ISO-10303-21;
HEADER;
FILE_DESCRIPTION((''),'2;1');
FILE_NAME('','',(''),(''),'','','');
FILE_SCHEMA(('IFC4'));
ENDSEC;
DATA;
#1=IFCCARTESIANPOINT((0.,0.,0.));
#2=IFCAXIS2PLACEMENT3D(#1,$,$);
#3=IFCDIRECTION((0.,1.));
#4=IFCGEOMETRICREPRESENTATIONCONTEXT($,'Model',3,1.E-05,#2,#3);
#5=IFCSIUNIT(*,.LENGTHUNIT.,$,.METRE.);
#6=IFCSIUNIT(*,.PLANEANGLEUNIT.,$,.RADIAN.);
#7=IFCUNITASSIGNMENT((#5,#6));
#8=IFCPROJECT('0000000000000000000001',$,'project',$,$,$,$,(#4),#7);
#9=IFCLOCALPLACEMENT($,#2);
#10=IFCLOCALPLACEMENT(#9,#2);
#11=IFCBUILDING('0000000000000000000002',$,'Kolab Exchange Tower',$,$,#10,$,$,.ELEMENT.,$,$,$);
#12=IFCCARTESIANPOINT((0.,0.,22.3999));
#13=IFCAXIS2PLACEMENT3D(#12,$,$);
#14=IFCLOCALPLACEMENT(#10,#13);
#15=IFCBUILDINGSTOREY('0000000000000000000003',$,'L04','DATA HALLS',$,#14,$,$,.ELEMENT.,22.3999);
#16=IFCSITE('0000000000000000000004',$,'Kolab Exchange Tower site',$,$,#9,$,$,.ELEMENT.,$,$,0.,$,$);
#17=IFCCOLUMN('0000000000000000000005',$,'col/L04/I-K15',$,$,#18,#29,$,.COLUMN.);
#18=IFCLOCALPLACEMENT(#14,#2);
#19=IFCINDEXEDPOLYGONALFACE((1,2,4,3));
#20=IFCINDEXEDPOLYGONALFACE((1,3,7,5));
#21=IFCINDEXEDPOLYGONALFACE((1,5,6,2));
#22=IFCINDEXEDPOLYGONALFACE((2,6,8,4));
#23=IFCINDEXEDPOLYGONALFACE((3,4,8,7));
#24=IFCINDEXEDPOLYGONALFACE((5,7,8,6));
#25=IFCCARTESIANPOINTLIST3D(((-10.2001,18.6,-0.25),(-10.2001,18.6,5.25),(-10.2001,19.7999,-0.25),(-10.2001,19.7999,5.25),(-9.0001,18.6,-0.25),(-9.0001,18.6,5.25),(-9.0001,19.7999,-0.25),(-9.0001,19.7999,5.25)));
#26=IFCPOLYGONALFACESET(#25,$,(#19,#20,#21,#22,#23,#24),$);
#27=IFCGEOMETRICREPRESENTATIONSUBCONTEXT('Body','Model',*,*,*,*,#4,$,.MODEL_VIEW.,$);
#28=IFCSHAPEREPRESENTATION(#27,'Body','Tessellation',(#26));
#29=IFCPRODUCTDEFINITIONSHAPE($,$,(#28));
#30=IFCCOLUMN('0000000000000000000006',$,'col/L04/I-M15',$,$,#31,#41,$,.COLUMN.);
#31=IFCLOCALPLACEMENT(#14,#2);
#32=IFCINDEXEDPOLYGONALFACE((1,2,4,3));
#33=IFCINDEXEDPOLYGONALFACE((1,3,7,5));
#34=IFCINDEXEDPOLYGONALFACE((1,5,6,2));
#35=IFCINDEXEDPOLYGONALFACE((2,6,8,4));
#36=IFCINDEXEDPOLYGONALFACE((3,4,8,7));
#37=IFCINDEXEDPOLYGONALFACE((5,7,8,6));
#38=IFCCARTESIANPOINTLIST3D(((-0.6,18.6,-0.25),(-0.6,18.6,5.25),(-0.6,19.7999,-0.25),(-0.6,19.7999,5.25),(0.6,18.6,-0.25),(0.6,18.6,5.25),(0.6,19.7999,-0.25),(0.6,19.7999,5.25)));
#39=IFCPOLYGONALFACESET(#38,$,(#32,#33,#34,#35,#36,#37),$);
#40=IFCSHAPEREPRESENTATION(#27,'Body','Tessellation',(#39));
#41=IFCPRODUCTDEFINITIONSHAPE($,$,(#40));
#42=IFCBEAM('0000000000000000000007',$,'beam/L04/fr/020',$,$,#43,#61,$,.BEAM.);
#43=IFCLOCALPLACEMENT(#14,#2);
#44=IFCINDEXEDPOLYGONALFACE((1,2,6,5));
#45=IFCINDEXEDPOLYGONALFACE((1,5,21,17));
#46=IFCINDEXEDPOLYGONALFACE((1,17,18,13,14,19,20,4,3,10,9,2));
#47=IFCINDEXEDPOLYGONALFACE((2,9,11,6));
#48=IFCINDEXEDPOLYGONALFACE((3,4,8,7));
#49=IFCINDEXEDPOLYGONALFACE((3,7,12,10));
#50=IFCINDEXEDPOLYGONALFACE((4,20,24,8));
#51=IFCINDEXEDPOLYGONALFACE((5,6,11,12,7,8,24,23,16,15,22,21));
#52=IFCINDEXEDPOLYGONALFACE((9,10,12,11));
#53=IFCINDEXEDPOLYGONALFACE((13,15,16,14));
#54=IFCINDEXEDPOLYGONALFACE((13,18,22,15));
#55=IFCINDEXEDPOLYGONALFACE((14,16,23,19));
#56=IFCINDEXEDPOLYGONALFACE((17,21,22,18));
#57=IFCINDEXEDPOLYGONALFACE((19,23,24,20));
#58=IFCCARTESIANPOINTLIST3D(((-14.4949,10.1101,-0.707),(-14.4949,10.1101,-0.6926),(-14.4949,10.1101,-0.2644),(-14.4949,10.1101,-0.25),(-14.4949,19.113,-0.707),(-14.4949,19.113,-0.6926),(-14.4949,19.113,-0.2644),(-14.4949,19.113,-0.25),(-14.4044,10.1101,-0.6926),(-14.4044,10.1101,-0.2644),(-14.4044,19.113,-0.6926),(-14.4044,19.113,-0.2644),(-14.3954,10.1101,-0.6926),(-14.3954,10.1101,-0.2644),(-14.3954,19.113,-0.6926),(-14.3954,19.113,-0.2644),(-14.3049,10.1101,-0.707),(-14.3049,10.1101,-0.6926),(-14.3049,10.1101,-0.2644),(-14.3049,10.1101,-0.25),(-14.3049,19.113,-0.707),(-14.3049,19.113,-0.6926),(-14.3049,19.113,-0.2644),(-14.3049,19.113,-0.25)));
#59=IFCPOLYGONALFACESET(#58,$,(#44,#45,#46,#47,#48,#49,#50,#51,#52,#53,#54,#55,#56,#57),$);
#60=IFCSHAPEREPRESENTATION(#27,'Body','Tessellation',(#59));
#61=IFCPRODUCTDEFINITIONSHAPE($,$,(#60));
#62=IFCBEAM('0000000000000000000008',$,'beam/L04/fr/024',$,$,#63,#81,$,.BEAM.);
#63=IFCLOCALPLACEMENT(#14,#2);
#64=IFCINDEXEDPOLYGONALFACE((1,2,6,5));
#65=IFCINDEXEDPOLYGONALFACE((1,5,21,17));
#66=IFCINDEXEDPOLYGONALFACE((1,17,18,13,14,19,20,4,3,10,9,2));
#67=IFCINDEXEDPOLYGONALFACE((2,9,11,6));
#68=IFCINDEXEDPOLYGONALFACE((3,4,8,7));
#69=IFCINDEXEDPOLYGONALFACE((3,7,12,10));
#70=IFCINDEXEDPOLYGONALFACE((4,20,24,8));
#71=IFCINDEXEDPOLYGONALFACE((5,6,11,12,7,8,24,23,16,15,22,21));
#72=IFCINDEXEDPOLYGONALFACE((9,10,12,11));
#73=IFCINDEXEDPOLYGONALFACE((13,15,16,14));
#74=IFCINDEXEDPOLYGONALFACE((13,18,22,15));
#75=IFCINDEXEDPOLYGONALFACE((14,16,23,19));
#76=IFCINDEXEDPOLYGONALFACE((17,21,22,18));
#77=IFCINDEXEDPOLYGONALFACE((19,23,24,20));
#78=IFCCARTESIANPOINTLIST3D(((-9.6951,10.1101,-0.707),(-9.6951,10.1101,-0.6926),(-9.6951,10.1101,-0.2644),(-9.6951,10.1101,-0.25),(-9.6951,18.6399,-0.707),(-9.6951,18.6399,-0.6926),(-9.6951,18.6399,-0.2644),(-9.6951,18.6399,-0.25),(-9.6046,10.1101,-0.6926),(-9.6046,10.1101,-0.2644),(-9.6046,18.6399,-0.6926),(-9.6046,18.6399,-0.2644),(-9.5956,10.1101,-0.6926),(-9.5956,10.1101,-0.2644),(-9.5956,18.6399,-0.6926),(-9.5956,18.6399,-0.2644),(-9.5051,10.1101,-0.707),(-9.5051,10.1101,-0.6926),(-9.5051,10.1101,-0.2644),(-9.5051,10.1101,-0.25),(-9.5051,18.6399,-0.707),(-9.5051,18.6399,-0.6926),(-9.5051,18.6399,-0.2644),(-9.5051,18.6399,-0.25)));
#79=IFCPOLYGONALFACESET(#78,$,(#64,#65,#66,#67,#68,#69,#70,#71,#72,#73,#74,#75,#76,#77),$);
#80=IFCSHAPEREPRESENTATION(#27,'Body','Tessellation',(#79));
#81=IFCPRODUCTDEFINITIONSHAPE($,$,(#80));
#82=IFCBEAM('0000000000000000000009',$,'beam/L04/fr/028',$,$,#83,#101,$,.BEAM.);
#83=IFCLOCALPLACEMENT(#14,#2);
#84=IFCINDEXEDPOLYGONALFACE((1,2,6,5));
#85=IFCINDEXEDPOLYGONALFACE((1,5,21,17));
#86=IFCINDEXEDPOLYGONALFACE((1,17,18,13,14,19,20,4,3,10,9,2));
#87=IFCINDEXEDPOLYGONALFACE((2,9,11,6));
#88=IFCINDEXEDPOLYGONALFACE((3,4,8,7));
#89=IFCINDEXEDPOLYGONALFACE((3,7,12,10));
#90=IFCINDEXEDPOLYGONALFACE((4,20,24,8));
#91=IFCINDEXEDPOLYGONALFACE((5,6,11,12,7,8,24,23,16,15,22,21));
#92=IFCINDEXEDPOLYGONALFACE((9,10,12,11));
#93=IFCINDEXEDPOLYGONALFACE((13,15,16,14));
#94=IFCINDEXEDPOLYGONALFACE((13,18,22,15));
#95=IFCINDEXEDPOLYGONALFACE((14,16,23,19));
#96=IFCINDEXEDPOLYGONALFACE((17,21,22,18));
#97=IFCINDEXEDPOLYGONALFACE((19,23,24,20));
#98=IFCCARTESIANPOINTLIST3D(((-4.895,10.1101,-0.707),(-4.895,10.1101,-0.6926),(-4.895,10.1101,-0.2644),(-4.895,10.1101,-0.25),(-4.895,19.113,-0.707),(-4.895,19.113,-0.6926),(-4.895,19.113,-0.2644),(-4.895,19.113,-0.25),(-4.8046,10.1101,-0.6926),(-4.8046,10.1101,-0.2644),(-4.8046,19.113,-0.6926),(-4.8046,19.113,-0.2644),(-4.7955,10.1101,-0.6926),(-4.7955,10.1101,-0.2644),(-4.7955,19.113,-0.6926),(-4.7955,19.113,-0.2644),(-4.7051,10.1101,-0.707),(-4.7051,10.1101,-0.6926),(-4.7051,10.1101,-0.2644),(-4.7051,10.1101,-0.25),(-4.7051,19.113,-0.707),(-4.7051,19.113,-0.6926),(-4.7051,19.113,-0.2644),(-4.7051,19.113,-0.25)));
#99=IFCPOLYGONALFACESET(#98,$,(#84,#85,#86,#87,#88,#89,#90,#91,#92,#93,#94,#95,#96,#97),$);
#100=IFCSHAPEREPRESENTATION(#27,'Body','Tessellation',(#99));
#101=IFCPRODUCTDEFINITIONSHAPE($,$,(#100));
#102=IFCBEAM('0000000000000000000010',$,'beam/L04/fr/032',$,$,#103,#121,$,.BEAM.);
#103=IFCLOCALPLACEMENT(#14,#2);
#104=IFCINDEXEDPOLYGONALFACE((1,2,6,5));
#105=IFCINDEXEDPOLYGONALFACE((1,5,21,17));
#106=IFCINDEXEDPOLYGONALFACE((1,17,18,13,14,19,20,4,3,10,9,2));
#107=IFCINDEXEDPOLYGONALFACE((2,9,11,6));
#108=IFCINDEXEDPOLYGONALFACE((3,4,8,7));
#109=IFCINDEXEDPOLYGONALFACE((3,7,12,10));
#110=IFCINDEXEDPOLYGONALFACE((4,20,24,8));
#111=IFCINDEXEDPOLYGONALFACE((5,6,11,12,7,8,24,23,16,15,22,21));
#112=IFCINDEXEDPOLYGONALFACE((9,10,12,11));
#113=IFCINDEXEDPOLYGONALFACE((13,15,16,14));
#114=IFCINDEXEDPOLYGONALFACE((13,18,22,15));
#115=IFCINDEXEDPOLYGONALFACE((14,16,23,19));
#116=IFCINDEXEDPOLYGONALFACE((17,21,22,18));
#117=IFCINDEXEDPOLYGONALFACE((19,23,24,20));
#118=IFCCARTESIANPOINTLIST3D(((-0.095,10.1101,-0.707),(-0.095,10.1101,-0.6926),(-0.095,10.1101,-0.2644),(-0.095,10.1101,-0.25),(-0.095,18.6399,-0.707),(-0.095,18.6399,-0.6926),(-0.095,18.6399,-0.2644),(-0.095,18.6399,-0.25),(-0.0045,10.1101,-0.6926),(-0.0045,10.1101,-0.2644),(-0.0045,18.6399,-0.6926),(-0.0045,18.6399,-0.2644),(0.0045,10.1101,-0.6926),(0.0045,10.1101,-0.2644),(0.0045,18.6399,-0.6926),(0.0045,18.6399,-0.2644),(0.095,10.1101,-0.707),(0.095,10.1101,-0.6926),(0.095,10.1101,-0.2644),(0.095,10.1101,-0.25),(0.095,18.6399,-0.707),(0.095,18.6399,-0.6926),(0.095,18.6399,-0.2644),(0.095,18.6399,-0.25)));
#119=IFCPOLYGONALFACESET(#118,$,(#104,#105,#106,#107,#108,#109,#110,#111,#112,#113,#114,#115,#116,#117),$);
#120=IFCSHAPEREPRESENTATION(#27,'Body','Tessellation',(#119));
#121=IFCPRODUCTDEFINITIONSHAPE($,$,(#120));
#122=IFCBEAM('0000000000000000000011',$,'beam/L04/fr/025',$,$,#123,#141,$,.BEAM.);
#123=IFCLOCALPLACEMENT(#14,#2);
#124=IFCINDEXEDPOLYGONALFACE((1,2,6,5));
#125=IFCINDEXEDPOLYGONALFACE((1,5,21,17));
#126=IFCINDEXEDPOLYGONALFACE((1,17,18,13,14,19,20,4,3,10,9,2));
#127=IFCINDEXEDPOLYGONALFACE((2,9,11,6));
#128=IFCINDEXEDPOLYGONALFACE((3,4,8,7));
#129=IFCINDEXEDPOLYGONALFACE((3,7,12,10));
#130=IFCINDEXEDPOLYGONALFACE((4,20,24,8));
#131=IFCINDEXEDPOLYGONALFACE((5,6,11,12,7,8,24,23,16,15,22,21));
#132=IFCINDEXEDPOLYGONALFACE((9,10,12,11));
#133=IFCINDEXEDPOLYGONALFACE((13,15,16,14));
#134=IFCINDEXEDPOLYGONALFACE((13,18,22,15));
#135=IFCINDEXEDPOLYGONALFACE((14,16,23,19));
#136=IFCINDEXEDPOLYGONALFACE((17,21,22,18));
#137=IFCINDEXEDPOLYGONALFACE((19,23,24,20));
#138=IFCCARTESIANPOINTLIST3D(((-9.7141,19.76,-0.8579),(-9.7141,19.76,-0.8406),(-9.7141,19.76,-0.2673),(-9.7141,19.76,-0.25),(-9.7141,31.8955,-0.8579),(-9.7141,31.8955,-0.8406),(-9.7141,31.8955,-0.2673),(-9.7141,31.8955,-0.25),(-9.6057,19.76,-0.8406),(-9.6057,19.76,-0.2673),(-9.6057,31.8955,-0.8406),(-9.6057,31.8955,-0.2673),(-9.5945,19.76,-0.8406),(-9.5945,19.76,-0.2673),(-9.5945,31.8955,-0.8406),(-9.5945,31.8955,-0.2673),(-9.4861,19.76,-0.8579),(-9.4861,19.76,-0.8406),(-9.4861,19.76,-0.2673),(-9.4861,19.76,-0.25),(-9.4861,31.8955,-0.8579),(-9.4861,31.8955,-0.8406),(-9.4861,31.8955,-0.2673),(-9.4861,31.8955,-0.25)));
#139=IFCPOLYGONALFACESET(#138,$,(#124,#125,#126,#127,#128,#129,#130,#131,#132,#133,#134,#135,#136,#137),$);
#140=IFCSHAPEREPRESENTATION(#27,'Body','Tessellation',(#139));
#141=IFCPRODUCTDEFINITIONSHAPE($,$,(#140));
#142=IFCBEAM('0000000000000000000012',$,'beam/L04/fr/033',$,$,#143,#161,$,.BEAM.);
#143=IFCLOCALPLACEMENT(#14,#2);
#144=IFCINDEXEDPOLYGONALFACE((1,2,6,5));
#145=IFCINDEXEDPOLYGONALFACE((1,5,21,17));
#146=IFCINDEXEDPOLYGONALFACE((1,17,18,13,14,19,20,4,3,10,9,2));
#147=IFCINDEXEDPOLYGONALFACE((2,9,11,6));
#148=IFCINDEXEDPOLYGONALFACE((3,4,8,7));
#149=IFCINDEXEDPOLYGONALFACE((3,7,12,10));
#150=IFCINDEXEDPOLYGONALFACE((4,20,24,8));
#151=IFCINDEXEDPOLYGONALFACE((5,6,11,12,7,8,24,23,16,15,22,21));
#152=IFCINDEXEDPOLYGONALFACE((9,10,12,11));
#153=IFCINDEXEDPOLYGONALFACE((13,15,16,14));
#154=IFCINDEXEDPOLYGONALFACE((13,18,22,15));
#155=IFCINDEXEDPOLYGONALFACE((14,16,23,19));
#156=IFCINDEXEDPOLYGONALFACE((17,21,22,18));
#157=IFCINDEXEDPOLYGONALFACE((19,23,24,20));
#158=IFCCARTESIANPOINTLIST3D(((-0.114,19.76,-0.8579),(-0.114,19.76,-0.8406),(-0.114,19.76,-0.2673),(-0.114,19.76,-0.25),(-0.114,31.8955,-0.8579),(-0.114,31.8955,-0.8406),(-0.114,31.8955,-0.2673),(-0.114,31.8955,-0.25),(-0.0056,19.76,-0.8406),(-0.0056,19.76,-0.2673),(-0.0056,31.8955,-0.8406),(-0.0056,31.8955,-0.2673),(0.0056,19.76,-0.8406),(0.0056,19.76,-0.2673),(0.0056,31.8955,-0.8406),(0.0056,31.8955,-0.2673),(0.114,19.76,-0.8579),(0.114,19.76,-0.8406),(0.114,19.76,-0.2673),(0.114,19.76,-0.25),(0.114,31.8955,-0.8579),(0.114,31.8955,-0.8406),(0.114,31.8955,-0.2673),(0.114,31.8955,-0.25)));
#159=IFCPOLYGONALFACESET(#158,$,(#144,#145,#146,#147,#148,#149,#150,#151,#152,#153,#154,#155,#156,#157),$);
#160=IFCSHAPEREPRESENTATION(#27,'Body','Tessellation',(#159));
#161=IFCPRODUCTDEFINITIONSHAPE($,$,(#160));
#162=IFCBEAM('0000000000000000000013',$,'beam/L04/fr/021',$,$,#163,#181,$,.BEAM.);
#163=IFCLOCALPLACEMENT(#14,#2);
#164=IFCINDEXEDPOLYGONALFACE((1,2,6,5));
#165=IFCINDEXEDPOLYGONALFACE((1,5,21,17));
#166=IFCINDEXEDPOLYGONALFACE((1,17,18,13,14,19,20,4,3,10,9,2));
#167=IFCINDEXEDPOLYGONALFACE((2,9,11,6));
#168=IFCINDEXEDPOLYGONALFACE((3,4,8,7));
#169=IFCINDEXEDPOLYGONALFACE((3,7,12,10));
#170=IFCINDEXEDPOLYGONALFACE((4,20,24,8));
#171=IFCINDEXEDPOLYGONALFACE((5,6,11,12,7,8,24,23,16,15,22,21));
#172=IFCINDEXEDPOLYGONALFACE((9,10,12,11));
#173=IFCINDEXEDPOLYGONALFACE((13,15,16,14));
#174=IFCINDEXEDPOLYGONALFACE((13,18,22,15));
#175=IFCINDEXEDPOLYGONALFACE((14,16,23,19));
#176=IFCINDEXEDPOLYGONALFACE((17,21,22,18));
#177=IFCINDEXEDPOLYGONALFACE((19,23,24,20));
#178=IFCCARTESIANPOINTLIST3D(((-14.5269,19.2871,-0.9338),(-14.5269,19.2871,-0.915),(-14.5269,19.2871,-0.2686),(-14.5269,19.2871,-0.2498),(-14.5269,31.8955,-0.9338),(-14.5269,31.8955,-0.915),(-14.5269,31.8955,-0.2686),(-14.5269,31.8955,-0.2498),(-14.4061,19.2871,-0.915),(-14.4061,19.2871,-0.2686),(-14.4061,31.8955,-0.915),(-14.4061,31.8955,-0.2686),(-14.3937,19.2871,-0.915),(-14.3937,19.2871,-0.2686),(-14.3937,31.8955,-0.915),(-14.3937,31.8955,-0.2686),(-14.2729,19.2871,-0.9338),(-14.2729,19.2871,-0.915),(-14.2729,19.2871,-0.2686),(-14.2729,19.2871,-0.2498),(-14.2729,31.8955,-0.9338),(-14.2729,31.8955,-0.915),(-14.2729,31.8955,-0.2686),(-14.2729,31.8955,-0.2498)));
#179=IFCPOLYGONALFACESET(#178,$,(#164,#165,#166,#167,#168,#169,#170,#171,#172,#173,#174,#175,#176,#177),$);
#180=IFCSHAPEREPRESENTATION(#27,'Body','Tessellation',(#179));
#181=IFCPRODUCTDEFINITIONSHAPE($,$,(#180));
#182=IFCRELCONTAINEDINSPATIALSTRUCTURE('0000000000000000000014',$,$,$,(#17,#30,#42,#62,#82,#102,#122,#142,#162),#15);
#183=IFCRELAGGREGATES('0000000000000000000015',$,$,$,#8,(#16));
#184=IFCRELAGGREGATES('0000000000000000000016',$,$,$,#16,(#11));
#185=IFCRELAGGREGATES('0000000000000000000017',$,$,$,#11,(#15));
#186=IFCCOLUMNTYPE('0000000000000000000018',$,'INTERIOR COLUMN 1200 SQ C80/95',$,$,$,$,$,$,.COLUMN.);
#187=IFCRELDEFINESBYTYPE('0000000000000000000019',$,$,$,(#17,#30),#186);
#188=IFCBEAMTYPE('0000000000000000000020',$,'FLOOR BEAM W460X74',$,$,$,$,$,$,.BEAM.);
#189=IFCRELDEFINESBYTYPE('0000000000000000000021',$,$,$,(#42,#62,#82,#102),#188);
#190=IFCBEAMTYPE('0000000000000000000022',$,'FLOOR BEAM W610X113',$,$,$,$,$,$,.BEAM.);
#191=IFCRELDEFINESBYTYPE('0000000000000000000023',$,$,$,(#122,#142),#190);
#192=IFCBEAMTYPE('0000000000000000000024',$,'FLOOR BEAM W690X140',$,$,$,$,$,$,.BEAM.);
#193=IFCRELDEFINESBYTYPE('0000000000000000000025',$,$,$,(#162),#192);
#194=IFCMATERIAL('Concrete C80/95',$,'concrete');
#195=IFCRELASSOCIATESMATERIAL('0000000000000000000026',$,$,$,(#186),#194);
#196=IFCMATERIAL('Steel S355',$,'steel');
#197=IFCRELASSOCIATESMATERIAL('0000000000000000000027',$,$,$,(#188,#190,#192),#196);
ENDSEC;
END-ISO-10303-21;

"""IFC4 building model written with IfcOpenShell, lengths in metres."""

from ifc_helpers import new_model, si_unit, direction, frame, origin, origin_2d, place, context, subcontext, project, spatial, rectangle, i_section, extrude, material, material_profile, profile_set, type_object, element, save


model = new_model("IFC4")

# Units and contexts
model_context = context("Model", 3, precision=1e-05, world=origin(), true_north=direction((0.0, 1.0)))
body_context = subcontext(model_context, "Body", "Model", "MODEL_VIEW")
ifc_project = project(units=[si_unit("LENGTHUNIT", "METRE"), si_unit("PLANEANGLEUNIT", "RADIAN")], contexts=[model_context])

# Site, building, storey
site_placement = place(None, origin())
site = spatial("IfcSite", under=ifc_project, at=site_placement, Name="Kolab Exchange Tower site", CompositionType="ELEMENT", RefElevation=0.0)
building_placement = place(site_placement, origin())
building = spatial("IfcBuilding", under=site, at=building_placement, Name="Kolab Exchange Tower", CompositionType="ELEMENT")
storey_placement = place(building_placement, frame((0.0, 0.0, 22.3999)))
storey = spatial("IfcBuildingStorey", under=building, at=storey_placement, Name="L04", Description="DATA HALLS", CompositionType="ELEMENT", Elevation=22.3999)

# Columns
ifc_material_1 = material(Name="Concrete C80/95", Category="concrete")
ifc_material_profile_1 = material_profile(ifc_material_1, rectangle(XDim=1.2, YDim=1.2, at=origin_2d()), Name="RC1200")
ifc_profile_set_1 = profile_set([ifc_material_profile_1], Name="Concrete C80/95")
column_type = type_object("IfcColumnType", Name="INTERIOR COLUMN 1200 SQ C80/95", PredefinedType="COLUMN", material=ifc_profile_set_1)
for number, where, z_axis, x_axis, name in (
    (1, (-9.6001, 19.2, -0.25), (0.0, 0.0, 1.0), (1.0, 0.0, 0.0), "col/L04/I-K15"),
    (2, (0.0, 19.2, -0.25), (0.0, 0.0, 1.0), (1.0, 0.0, 0.0), "col/L04/I-M15"),
):
    element("IfcColumn", number, at=place(storey_placement, frame(where, z_axis=z_axis, x_axis=x_axis)), inside=storey, type_object=column_type, Name=name, PredefinedType="COLUMN", context=body_context, shape_type="SweptSolid", body=[
        extrude(rectangle(XDim=1.2, YDim=1.2, at=origin_2d()), origin(), (0.0, 0.0, 1.0), 5.5),
    ])

# Beams
ifc_material_2 = material(Name="Steel S355", Category="steel")
ifc_material_profile_2 = material_profile(ifc_material_2, i_section(OverallWidth=0.1899, OverallDepth=0.457, WebThickness=0.009, FlangeThickness=0.0144, at=origin_2d()), Name="W460X74")
ifc_profile_set_2 = profile_set([ifc_material_profile_2], Name="Steel S355")
beam_type_1 = type_object("IfcBeamType", Name="FLOOR BEAM W460X74", PredefinedType="BEAM", material=ifc_profile_set_2)
beam_1_placement = place(storey_placement, frame((-14.3999, 10.1101, -0.4785), z_axis=(0.0, 1.0, 0.0), x_axis=(-1.0, 0.0, 0.0)))
element("IfcBeam", 3, at=beam_1_placement, inside=storey, type_object=beam_type_1, Name="beam/L04/fr/020", PredefinedType="BEAM", context=body_context, shape_type="SweptSolid", body=[
    extrude(i_section(OverallWidth=0.1899, OverallDepth=0.457, WebThickness=0.009, FlangeThickness=0.0144, at=origin_2d()), origin(), (0.0, 0.0, 1.0), 9.0029),
])
beam_2_placement = place(storey_placement, frame((-9.6001, 10.1101, -0.4785), z_axis=(0.0, 1.0, 0.0), x_axis=(-1.0, 0.0, 0.0)))
element("IfcBeam", 4, at=beam_2_placement, inside=storey, type_object=beam_type_1, Name="beam/L04/fr/024", PredefinedType="BEAM", context=body_context, shape_type="SweptSolid", body=[
    extrude(i_section(OverallWidth=0.1899, OverallDepth=0.457, WebThickness=0.009, FlangeThickness=0.0144, at=origin_2d()), origin(), (0.0, 0.0, 1.0), 8.5298),
])
beam_3_placement = place(storey_placement, frame((-4.8, 10.1101, -0.4785), z_axis=(0.0, 1.0, 0.0), x_axis=(-1.0, 0.0, 0.0)))
element("IfcBeam", 5, at=beam_3_placement, inside=storey, type_object=beam_type_1, Name="beam/L04/fr/028", PredefinedType="BEAM", context=body_context, shape_type="SweptSolid", body=[
    extrude(i_section(OverallWidth=0.1899, OverallDepth=0.457, WebThickness=0.009, FlangeThickness=0.0144, at=origin_2d()), origin(), (0.0, 0.0, 1.0), 9.0029),
])
beam_4_placement = place(storey_placement, frame((0.0, 10.1101, -0.4785), z_axis=(0.0, 1.0, 0.0), x_axis=(-1.0, 0.0, 0.0)))
element("IfcBeam", 6, at=beam_4_placement, inside=storey, type_object=beam_type_1, Name="beam/L04/fr/032", PredefinedType="BEAM", context=body_context, shape_type="SweptSolid", body=[
    extrude(i_section(OverallWidth=0.1899, OverallDepth=0.457, WebThickness=0.009, FlangeThickness=0.0144, at=origin_2d()), origin(), (0.0, 0.0, 1.0), 8.5298),
])
ifc_material_profile_3 = material_profile(ifc_material_2, i_section(OverallWidth=0.228, OverallDepth=0.6079, WebThickness=0.0112, FlangeThickness=0.0173, at=origin_2d()), Name="W610X113")
ifc_profile_set_3 = profile_set([ifc_material_profile_3], Name="Steel S355")
beam_type_2 = type_object("IfcBeamType", Name="FLOOR BEAM W610X113", PredefinedType="BEAM", material=ifc_profile_set_3)
for number, where, z_axis, x_axis, name in (
    (7, (-9.6001, 19.76, -0.554), (0.0, 1.0, 0.0), (-1.0, 0.0, 0.0), "beam/L04/fr/025"),
    (8, (0.0, 19.76, -0.554), (0.0, 1.0, 0.0), (-1.0, 0.0, 0.0), "beam/L04/fr/033"),
):
    element("IfcBeam", number, at=place(storey_placement, frame(where, z_axis=z_axis, x_axis=x_axis)), inside=storey, type_object=beam_type_2, Name=name, PredefinedType="BEAM", context=body_context, shape_type="SweptSolid", body=[
        extrude(i_section(OverallWidth=0.228, OverallDepth=0.6079, WebThickness=0.0112, FlangeThickness=0.0173, at=origin_2d()), origin(), (0.0, 0.0, 1.0), 12.1355),
    ])
ifc_material_profile_4 = material_profile(ifc_material_2, i_section(OverallWidth=0.2539, OverallDepth=0.6841, WebThickness=0.0125, FlangeThickness=0.0188, at=origin_2d()), Name="W690X140")
ifc_profile_set_4 = profile_set([ifc_material_profile_4], Name="Steel S355")
beam_type_3 = type_object("IfcBeamType", Name="FLOOR BEAM W690X140", PredefinedType="BEAM", material=ifc_profile_set_4)
for number, where, z_axis, x_axis, name in (
    (9, (-14.3999, 19.2871, -0.5918), (0.0, 1.0, 0.0), (-1.0, 0.0, 0.0), "beam/L04/fr/021"),
):
    element("IfcBeam", number, at=place(storey_placement, frame(where, z_axis=z_axis, x_axis=x_axis)), inside=storey, type_object=beam_type_3, Name=name, PredefinedType="BEAM", context=body_context, shape_type="SweptSolid", body=[
        extrude(i_section(OverallWidth=0.2539, OverallDepth=0.6841, WebThickness=0.0125, FlangeThickness=0.0188, at=origin_2d()), origin(), (0.0, 0.0, 1.0), 12.6084),
    ])

save(model, "model.ifc")
